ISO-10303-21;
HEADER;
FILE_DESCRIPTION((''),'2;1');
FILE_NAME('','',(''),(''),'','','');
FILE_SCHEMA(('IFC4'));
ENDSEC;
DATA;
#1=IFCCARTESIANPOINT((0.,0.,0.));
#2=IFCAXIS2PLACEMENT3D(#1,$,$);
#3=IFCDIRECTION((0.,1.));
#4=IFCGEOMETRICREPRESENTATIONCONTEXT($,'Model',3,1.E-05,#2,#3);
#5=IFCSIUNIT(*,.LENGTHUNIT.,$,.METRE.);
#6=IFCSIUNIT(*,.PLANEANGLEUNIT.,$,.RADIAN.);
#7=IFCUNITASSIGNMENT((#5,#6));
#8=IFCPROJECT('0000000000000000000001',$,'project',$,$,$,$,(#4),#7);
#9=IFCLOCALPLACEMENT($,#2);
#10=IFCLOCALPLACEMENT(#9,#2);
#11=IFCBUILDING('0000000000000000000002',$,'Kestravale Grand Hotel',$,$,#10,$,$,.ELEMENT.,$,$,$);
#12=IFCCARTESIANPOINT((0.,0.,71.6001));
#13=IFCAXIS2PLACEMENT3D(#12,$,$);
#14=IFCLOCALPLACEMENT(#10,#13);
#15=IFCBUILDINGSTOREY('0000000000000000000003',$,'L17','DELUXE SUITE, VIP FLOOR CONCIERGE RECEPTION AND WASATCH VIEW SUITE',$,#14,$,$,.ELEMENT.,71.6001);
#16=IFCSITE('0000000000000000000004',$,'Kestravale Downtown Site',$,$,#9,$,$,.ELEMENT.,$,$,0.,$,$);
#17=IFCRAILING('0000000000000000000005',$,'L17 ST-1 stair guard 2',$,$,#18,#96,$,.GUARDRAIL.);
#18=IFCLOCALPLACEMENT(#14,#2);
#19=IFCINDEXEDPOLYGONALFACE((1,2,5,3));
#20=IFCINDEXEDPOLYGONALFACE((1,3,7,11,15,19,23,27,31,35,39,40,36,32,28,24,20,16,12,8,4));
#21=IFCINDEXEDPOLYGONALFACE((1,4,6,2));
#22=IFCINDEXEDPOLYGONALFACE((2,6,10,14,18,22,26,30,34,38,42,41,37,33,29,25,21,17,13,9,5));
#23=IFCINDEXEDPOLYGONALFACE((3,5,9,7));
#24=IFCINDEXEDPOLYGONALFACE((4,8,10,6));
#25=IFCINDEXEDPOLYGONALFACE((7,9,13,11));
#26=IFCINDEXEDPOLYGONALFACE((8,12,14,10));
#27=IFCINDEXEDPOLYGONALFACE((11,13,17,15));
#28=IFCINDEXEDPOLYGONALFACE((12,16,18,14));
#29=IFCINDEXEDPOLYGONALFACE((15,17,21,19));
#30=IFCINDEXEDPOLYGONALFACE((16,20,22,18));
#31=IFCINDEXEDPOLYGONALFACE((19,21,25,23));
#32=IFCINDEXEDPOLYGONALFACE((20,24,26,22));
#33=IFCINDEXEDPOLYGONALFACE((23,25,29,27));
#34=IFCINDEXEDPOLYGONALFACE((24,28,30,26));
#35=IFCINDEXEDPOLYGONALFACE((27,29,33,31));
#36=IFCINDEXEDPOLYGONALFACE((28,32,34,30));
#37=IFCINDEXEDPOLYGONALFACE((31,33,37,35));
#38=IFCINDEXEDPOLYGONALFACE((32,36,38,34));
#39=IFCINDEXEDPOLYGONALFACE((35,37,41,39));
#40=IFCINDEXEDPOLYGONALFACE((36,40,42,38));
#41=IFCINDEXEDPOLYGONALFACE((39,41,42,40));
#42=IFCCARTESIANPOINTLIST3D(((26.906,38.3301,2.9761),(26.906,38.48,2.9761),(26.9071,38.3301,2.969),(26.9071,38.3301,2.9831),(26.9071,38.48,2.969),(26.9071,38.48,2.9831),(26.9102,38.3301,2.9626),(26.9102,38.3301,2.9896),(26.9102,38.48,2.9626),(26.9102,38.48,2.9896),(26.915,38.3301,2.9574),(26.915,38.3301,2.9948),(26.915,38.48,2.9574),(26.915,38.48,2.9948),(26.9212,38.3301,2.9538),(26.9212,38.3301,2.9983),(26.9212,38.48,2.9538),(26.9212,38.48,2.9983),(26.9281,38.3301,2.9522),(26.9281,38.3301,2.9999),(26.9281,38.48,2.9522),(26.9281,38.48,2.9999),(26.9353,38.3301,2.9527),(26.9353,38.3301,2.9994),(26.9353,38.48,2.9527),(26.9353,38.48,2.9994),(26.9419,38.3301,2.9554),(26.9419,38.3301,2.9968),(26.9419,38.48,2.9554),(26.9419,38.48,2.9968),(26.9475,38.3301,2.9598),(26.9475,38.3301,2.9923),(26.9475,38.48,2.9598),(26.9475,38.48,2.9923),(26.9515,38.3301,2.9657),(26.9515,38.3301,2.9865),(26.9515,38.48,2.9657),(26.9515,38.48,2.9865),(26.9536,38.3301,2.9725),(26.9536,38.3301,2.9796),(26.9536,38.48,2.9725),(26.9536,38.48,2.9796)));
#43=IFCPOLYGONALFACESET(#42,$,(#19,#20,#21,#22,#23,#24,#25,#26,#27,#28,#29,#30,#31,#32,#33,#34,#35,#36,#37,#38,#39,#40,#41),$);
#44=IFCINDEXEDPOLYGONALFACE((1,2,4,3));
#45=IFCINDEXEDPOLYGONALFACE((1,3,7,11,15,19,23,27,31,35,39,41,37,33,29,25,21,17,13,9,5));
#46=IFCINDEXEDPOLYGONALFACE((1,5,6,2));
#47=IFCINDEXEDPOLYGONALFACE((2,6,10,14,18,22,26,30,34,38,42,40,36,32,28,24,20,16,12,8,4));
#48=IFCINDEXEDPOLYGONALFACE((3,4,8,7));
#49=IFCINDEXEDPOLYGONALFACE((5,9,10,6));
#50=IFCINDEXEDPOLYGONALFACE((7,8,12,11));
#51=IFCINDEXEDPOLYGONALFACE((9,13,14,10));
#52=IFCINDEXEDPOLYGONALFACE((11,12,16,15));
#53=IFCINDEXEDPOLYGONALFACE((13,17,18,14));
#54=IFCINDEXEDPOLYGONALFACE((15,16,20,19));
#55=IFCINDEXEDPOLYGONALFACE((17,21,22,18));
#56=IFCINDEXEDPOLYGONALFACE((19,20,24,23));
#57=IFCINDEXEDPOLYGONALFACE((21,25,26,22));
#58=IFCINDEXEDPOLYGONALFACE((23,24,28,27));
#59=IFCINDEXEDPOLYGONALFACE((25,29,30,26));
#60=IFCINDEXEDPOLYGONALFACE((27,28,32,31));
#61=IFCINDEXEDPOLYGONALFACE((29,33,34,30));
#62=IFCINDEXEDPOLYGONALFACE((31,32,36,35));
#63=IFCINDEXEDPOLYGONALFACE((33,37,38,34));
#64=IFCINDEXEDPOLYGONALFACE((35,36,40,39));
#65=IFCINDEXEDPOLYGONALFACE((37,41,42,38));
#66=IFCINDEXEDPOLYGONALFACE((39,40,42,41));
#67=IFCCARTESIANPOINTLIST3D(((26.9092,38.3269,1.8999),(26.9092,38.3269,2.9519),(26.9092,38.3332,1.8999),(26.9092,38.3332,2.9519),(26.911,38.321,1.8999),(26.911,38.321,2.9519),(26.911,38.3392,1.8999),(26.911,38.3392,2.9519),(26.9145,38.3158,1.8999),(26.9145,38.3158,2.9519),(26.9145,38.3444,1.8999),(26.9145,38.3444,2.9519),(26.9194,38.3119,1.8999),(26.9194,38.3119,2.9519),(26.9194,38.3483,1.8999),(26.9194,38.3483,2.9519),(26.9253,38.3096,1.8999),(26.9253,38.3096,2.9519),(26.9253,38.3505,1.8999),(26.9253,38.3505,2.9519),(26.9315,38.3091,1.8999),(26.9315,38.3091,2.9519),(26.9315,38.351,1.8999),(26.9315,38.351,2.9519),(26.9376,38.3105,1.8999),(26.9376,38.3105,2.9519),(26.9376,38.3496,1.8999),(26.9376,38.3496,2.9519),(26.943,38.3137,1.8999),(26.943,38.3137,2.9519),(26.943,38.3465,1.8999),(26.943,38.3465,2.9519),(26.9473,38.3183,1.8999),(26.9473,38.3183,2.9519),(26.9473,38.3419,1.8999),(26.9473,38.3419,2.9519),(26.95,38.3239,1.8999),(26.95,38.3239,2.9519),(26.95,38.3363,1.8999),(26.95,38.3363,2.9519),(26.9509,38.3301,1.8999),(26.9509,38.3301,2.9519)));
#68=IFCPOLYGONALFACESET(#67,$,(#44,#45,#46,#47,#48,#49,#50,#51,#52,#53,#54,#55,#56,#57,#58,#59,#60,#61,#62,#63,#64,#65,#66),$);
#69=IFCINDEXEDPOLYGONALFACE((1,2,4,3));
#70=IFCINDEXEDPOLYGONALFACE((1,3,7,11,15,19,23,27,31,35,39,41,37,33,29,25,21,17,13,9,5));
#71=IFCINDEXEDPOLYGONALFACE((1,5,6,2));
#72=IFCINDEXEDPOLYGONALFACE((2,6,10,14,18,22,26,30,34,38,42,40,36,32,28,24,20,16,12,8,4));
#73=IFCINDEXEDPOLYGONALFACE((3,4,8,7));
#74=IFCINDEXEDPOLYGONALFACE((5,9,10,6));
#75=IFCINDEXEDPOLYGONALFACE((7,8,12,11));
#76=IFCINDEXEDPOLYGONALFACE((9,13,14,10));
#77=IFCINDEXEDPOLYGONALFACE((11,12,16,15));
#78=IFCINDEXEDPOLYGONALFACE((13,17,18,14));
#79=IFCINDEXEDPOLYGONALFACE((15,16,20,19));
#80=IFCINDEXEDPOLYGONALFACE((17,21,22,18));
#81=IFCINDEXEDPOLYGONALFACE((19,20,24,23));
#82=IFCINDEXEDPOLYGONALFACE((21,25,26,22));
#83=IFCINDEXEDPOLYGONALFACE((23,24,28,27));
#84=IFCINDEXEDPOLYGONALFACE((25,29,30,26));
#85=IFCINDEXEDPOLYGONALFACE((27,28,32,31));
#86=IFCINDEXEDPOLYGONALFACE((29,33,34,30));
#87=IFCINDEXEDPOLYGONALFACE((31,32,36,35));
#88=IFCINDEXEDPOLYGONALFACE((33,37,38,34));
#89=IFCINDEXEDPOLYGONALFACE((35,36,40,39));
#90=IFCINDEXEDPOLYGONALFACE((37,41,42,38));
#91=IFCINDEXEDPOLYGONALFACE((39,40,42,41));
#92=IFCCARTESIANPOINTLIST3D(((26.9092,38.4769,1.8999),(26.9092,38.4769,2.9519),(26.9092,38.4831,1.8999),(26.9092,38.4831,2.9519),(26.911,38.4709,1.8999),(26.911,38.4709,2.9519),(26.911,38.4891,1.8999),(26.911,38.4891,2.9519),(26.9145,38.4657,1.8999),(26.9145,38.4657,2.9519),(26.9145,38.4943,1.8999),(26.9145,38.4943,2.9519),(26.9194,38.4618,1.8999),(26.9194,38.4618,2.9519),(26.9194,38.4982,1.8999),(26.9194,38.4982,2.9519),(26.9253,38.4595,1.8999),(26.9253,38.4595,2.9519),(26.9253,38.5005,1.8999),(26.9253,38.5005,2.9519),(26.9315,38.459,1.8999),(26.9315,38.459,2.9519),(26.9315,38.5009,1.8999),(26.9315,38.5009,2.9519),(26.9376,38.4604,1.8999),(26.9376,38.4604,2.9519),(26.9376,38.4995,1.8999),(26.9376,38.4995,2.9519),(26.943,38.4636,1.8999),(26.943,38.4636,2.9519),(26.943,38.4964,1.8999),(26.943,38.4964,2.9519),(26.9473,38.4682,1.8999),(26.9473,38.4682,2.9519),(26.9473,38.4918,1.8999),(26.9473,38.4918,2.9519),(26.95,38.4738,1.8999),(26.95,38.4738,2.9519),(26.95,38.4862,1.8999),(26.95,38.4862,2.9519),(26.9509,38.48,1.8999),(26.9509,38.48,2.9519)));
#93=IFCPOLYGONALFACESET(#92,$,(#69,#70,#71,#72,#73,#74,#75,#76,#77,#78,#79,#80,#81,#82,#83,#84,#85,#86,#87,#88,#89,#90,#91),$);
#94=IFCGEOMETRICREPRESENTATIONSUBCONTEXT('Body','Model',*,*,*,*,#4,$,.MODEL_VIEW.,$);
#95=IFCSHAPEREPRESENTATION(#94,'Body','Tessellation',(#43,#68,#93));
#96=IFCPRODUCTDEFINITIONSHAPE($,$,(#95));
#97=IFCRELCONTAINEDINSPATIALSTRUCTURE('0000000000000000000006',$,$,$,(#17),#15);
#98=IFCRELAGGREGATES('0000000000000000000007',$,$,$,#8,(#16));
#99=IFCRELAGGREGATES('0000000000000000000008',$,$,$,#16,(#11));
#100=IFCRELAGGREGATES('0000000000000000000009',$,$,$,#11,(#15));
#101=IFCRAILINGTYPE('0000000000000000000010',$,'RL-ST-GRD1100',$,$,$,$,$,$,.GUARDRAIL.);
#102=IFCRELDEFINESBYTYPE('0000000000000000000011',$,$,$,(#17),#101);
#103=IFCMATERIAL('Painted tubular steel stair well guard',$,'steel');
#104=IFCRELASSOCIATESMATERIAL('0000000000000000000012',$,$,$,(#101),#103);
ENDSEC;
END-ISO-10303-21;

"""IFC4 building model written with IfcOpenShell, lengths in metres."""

from ifc_helpers import new_model, si_unit, direction, frame, origin, origin_2d, place, context, subcontext, project, spatial, circle, extrude, material, type_object, element, save


model = new_model("IFC4")

# Units and contexts
model_context = context("Model", 3, precision=1e-05, world=origin(), true_north=direction((0.0, 1.0)))
body_context = subcontext(model_context, "Body", "Model", "MODEL_VIEW")
ifc_project = project(units=[si_unit("LENGTHUNIT", "METRE"), si_unit("PLANEANGLEUNIT", "RADIAN")], contexts=[model_context])

# Site, building, storey
site_placement = place(None, origin())
site = spatial("IfcSite", under=ifc_project, at=site_placement, Name="Kestravale Downtown Site", CompositionType="ELEMENT", RefElevation=0.0)
building_placement = place(site_placement, origin())
building = spatial("IfcBuilding", under=site, at=building_placement, Name="Kestravale Grand Hotel", CompositionType="ELEMENT")
storey_placement = place(building_placement, frame((0.0, 0.0, 71.6001)))
storey = spatial("IfcBuildingStorey", under=building, at=storey_placement, Name="L17", Description="DELUXE SUITE, VIP FLOOR CONCIERGE RECEPTION AND WASATCH VIEW SUITE", CompositionType="ELEMENT", Elevation=71.6001)

# Railing
ifc_material_1 = material(Name="Painted tubular steel stair well guard", Category="steel")
railing_type_1 = type_object("IfcRailingType", Name="RL-ST-GRD1100", PredefinedType="GUARDRAIL", material=ifc_material_1)
railing_1_placement = place(storey_placement, frame((26.9299, 38.3301, 1.8999)))
element("IfcRailing", 1, at=railing_1_placement, inside=storey, type_object=railing_type_1, Name="L17 ST-1 stair guard 2", PredefinedType="GUARDRAIL", context=body_context, shape_type="SweptSolid", body=[
    extrude(circle(Radius=0.0239, at=origin_2d()), frame((0.0, 0.0, 1.0762), z_axis=(0.0, 1.0, 0.0), x_axis=(-1.0, 0.0, 0.0)), (0.0, 0.0, 1.0), 0.1499),
    extrude(circle(Radius=0.021, at=origin_2d()), origin(), (0.0, 0.0, 1.0), 1.052),
    extrude(circle(Radius=0.021, at=origin_2d()), frame((0.0, 0.1499, 0.0)), (0.0, 0.0, 1.0), 1.052),
])

save(model, "model.ifc")
